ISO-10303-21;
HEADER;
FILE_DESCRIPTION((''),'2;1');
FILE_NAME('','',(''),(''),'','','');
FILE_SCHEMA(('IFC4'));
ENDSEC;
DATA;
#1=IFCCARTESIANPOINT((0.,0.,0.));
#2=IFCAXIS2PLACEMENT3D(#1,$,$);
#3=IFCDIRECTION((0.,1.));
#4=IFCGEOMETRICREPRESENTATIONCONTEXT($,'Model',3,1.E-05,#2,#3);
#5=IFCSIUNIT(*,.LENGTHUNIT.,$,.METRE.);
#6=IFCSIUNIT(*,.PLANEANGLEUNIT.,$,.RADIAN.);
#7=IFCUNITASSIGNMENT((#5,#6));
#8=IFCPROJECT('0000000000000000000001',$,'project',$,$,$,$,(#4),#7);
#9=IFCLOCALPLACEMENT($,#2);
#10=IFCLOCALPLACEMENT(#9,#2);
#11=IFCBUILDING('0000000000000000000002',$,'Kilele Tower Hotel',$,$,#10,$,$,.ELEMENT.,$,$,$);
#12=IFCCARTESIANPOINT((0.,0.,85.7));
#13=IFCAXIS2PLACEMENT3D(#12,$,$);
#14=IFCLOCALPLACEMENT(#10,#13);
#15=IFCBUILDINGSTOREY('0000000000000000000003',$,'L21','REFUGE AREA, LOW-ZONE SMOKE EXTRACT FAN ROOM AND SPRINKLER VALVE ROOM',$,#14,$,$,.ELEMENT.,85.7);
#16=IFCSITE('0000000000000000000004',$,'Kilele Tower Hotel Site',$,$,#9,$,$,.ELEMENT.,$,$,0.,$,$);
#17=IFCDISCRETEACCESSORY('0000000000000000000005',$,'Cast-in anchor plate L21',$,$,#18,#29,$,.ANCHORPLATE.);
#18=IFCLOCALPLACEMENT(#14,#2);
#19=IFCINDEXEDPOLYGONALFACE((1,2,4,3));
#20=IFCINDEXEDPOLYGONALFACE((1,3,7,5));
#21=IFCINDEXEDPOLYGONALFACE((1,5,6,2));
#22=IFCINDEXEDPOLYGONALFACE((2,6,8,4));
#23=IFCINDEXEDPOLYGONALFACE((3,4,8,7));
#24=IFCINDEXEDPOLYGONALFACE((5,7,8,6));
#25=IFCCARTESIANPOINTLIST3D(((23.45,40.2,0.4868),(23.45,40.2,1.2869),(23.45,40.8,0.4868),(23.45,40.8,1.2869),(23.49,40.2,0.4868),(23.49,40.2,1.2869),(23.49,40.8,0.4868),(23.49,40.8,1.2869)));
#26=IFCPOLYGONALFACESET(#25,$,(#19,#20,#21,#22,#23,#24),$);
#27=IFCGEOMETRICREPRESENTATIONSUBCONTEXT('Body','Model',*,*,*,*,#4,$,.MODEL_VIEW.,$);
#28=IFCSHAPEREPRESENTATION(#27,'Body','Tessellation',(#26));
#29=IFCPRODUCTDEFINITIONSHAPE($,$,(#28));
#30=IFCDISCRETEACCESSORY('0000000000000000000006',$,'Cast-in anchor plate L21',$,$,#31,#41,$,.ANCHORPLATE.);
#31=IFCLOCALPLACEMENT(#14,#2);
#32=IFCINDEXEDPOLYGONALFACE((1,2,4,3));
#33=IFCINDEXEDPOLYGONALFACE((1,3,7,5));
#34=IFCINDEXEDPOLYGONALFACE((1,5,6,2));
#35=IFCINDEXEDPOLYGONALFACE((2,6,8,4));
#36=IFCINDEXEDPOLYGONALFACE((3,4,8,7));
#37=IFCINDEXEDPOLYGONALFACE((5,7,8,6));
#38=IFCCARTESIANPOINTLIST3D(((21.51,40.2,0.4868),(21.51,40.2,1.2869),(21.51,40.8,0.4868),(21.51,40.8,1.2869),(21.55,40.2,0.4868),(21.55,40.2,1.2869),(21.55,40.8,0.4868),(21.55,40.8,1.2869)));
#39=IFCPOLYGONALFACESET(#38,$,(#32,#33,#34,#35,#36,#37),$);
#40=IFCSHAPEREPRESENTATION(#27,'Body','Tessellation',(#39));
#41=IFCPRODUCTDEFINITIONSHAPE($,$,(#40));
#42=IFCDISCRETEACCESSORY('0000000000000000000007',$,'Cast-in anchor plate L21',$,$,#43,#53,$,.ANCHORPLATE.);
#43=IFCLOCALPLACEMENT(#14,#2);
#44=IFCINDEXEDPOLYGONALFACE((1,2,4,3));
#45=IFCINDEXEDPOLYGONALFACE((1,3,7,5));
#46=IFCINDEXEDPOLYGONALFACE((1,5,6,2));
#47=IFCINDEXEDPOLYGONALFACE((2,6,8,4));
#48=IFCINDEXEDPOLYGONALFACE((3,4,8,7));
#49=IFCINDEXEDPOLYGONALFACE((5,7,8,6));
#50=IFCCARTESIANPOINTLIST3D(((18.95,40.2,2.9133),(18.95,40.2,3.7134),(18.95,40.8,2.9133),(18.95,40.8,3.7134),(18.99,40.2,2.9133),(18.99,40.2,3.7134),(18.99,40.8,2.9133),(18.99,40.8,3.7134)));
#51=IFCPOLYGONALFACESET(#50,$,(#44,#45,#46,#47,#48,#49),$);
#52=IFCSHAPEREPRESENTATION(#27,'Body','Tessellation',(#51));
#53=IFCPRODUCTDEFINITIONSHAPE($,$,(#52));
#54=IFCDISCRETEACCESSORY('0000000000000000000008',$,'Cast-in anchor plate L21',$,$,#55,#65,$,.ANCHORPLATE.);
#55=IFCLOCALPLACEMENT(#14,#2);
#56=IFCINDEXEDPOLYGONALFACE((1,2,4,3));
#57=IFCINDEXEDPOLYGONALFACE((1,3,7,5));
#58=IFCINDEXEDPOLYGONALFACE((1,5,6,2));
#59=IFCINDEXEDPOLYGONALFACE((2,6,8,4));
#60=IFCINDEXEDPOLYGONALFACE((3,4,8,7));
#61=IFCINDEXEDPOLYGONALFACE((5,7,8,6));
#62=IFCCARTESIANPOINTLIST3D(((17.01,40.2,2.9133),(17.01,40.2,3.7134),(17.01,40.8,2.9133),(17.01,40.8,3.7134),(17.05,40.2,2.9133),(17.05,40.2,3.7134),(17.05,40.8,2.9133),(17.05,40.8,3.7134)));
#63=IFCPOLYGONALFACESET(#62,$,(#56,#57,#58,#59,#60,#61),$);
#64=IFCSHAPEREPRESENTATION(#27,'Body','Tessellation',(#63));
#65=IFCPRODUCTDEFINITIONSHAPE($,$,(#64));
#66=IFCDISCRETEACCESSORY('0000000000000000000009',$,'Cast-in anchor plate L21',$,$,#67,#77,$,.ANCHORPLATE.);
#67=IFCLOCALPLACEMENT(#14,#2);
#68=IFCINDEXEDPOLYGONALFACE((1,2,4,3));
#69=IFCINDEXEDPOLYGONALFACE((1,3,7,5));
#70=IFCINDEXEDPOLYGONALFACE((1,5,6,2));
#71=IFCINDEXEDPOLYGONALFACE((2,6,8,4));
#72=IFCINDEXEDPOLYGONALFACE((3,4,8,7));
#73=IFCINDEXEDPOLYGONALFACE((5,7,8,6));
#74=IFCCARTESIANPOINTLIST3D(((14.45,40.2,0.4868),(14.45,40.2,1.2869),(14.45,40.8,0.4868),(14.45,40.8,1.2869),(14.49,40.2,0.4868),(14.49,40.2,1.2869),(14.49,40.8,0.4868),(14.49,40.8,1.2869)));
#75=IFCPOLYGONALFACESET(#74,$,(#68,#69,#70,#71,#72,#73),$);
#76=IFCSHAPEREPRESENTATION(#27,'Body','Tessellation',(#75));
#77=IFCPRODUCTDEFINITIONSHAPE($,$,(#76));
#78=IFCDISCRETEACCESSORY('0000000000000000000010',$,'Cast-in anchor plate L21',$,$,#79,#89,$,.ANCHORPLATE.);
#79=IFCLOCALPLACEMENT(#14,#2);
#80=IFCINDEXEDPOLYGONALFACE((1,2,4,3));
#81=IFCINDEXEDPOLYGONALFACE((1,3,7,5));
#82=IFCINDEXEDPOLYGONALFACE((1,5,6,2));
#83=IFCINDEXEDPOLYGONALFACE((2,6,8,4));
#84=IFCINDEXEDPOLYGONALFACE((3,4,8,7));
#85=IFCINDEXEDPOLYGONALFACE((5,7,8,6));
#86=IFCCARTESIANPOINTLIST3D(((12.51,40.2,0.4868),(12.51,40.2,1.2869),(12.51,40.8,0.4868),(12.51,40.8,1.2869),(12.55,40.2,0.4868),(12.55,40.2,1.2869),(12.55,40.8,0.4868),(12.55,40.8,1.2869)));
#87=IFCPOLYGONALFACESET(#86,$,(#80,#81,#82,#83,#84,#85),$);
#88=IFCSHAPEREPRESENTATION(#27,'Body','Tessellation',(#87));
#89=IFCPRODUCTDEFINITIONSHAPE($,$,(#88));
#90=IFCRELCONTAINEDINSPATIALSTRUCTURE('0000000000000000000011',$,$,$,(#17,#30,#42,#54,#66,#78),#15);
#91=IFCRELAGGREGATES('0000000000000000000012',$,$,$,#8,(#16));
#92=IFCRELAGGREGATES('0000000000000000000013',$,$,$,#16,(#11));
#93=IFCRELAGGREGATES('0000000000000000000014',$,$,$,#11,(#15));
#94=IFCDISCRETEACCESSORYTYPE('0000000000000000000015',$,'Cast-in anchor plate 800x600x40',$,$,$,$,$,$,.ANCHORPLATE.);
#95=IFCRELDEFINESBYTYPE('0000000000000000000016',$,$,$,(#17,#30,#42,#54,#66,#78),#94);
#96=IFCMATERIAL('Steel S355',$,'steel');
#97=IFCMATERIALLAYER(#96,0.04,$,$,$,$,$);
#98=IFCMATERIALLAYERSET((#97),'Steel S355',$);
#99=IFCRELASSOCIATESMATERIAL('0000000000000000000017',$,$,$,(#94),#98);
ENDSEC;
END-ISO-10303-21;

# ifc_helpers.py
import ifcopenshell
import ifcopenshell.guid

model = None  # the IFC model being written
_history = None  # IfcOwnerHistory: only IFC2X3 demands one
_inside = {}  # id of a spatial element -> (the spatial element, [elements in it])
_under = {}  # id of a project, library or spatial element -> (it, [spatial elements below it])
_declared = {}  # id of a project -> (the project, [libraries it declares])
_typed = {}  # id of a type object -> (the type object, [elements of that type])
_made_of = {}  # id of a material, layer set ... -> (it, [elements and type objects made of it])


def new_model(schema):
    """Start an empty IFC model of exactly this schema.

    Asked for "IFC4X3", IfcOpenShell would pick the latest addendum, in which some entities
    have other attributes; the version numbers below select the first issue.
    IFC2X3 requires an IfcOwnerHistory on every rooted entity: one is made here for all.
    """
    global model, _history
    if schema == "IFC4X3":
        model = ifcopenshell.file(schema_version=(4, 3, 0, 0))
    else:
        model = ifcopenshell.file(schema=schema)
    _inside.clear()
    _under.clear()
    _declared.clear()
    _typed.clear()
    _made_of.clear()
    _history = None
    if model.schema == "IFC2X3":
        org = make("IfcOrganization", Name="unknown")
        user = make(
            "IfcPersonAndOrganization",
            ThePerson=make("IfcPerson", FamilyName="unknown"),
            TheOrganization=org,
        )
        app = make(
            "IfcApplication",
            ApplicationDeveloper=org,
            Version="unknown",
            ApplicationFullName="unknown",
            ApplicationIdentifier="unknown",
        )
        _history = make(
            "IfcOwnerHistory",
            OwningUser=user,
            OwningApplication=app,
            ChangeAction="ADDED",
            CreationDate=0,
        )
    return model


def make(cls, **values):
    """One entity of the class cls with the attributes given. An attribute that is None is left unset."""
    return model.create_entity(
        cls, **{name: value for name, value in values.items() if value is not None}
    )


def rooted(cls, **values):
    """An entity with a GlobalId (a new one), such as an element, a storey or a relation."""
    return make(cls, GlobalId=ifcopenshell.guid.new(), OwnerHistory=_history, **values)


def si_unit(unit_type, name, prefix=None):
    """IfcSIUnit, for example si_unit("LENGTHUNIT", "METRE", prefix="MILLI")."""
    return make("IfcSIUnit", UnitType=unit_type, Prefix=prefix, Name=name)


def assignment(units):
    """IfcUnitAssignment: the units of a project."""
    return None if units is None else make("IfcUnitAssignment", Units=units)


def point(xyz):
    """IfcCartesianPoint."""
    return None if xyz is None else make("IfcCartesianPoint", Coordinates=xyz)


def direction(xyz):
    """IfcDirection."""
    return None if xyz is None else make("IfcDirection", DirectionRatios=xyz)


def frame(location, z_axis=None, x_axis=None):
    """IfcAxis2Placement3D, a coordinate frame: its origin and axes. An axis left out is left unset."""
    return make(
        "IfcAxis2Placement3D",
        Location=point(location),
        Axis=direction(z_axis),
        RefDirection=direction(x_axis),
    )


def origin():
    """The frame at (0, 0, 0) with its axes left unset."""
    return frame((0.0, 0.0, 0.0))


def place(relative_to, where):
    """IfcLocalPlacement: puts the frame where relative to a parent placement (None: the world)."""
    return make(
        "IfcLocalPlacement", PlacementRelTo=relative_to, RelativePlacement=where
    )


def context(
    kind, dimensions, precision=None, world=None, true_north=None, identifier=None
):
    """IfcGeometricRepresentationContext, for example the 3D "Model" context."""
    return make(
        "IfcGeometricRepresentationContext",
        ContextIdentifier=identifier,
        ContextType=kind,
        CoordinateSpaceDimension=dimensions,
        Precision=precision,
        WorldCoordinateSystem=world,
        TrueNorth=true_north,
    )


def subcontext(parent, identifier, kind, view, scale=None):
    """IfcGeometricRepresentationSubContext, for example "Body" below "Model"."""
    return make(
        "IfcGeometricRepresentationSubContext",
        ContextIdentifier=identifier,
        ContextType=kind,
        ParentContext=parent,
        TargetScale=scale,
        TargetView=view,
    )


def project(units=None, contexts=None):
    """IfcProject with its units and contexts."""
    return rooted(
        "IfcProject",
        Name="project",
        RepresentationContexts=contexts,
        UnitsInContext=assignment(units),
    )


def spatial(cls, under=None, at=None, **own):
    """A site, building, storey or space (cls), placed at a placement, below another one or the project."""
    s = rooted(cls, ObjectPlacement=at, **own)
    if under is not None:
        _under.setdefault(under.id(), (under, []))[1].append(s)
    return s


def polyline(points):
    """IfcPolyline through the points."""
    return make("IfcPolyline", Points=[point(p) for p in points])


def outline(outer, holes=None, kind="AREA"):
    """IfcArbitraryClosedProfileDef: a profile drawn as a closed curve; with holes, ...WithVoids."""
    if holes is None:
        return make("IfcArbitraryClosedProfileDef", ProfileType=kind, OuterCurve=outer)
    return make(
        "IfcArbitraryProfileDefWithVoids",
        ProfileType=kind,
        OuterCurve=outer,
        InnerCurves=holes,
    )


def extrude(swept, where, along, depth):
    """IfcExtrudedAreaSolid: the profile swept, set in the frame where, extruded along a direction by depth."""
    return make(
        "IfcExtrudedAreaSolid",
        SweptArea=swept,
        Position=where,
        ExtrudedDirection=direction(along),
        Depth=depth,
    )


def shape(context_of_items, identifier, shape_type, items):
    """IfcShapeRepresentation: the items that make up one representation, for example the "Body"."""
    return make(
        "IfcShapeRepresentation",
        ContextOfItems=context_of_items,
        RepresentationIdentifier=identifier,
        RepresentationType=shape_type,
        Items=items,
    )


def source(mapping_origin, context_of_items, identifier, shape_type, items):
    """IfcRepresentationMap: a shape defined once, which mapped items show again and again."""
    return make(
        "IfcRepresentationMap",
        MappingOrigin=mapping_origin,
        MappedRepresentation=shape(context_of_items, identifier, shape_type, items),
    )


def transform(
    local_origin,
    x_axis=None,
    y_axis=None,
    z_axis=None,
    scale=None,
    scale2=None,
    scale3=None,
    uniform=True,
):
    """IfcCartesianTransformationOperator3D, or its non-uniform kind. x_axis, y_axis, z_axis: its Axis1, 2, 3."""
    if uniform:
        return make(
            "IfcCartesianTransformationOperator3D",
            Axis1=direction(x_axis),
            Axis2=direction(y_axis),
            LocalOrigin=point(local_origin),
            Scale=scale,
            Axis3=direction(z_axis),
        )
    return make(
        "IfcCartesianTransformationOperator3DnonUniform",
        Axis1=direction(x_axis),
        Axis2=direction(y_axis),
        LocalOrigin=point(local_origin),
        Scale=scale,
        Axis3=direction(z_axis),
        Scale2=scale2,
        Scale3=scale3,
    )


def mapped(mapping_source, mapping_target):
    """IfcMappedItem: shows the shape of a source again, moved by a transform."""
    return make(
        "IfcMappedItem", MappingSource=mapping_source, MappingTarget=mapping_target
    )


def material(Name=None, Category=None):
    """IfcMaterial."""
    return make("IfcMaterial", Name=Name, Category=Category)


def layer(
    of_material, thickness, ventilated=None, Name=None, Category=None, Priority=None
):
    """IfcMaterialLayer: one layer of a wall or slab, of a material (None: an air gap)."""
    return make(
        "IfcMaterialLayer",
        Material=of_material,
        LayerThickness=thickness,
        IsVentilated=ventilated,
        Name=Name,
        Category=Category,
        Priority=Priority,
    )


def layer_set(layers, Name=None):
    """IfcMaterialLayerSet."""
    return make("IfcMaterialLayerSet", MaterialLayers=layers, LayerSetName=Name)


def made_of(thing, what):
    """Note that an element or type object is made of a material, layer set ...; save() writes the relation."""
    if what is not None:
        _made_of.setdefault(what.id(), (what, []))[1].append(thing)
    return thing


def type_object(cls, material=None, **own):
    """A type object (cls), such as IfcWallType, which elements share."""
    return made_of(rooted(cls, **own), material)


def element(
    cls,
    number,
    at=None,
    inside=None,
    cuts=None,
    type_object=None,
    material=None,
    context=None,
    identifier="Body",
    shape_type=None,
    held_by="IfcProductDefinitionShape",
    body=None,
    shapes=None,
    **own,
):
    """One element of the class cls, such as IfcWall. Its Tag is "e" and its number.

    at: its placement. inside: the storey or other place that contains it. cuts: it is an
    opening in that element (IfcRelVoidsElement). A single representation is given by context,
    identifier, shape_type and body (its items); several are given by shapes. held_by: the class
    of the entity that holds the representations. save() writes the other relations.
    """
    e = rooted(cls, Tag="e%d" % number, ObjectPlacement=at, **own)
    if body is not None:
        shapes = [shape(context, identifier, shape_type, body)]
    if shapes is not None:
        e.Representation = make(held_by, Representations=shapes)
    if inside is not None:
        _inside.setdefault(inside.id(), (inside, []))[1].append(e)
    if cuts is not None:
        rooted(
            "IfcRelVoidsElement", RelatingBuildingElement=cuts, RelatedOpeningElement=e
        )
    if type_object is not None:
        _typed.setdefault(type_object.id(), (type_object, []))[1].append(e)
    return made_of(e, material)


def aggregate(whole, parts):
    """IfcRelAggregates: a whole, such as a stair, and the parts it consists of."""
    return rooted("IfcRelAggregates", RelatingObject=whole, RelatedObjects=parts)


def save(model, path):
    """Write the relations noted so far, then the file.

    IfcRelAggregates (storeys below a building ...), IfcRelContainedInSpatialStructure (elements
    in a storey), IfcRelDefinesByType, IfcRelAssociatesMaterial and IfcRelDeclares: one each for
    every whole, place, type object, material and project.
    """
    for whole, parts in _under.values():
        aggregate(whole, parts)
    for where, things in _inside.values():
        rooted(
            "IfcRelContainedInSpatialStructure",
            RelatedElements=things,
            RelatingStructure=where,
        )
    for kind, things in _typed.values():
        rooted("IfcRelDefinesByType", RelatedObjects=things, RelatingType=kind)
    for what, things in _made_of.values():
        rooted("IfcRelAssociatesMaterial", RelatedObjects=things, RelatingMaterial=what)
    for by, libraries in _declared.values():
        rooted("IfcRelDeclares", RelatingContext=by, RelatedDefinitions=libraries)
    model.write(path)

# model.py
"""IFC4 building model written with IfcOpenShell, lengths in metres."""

from ifc_helpers import new_model, si_unit, direction, frame, origin, place, context, subcontext, project, spatial, polyline, outline, extrude, source, transform, mapped, material, layer, layer_set, type_object, element, save


model = new_model("IFC4")

# Units and contexts
model_context = context("Model", 3, precision=1e-05, world=origin(), true_north=direction((0.0, 1.0)))
body_context = subcontext(model_context, "Body", "Model", "MODEL_VIEW")
ifc_project = project(units=[si_unit("LENGTHUNIT", "METRE"), si_unit("PLANEANGLEUNIT", "RADIAN")], contexts=[model_context])

# Site, building, storey
site_placement = place(None, origin())
site = spatial("IfcSite", under=ifc_project, at=site_placement, Name="Kilele Tower Hotel Site", CompositionType="ELEMENT", RefElevation=0.0)
building_placement = place(site_placement, origin())
building = spatial("IfcBuilding", under=site, at=building_placement, Name="Kilele Tower Hotel", CompositionType="ELEMENT")
storey_placement = place(building_placement, frame((0.0, 0.0, 85.7)))
storey = spatial("IfcBuildingStorey", under=building, at=storey_placement, Name="L21", Description="REFUGE AREA, LOW-ZONE SMOKE EXTRACT FAN ROOM AND SPRINKLER VALVE ROOM", CompositionType="ELEMENT", Elevation=85.7)

# Discrete accessories
ifc_material_1 = material(Name="Steel S355", Category="steel")
ifc_layer_1 = layer(ifc_material_1, 0.04)
ifc_layer_set_1 = layer_set([ifc_layer_1], Name="Steel S355")
discrete_accessory_type_1 = type_object("IfcDiscreteAccessoryType", Name="Cast-in anchor plate 800x600x40", PredefinedType="ANCHORPLATE", material=ifc_layer_set_1)
shared_shape_1 = source(origin(), body_context, "Body", "SweptSolid", [
    extrude(outline(polyline([(0.0, 0.0), (0.04, 0.0), (0.04, 0.8), (0.0, 0.8), (0.0, 0.0)])), origin(), (0.0, 0.0, 1.0), 0.6001),
])
for number, where, z_axis, x_axis, name in (
    (1, (23.45, 40.8, 0.4868), (0.0, -1.0, 0.0), (1.0, 0.0, 0.0), "Cast-in anchor plate L21"),
    (2, (21.55, 40.2, 0.4868), (0.0, 1.0, 0.0), (-1.0, 0.0, 0.0), "Cast-in anchor plate L21"),
    (3, (18.95, 40.8, 2.9133), (0.0, -1.0, 0.0), (1.0, 0.0, 0.0), "Cast-in anchor plate L21"),
    (4, (17.05, 40.2, 2.9133), (0.0, 1.0, 0.0), (-1.0, 0.0, 0.0), "Cast-in anchor plate L21"),
    (5, (14.45, 40.8, 0.4868), (0.0, -1.0, 0.0), (1.0, 0.0, 0.0), "Cast-in anchor plate L21"),
    (6, (12.55, 40.2, 0.4868), (0.0, 1.0, 0.0), (-1.0, 0.0, 0.0), "Cast-in anchor plate L21"),
):
    element("IfcDiscreteAccessory", number, at=place(storey_placement, frame(where, z_axis=z_axis, x_axis=x_axis)), inside=storey, type_object=discrete_accessory_type_1, Name=name, PredefinedType="ANCHORPLATE", context=body_context, shape_type="MappedRepresentation", body=[
        mapped(shared_shape_1, transform((0.0, 0.0, 0.0))),
    ])

save(model, "model.ifc")
